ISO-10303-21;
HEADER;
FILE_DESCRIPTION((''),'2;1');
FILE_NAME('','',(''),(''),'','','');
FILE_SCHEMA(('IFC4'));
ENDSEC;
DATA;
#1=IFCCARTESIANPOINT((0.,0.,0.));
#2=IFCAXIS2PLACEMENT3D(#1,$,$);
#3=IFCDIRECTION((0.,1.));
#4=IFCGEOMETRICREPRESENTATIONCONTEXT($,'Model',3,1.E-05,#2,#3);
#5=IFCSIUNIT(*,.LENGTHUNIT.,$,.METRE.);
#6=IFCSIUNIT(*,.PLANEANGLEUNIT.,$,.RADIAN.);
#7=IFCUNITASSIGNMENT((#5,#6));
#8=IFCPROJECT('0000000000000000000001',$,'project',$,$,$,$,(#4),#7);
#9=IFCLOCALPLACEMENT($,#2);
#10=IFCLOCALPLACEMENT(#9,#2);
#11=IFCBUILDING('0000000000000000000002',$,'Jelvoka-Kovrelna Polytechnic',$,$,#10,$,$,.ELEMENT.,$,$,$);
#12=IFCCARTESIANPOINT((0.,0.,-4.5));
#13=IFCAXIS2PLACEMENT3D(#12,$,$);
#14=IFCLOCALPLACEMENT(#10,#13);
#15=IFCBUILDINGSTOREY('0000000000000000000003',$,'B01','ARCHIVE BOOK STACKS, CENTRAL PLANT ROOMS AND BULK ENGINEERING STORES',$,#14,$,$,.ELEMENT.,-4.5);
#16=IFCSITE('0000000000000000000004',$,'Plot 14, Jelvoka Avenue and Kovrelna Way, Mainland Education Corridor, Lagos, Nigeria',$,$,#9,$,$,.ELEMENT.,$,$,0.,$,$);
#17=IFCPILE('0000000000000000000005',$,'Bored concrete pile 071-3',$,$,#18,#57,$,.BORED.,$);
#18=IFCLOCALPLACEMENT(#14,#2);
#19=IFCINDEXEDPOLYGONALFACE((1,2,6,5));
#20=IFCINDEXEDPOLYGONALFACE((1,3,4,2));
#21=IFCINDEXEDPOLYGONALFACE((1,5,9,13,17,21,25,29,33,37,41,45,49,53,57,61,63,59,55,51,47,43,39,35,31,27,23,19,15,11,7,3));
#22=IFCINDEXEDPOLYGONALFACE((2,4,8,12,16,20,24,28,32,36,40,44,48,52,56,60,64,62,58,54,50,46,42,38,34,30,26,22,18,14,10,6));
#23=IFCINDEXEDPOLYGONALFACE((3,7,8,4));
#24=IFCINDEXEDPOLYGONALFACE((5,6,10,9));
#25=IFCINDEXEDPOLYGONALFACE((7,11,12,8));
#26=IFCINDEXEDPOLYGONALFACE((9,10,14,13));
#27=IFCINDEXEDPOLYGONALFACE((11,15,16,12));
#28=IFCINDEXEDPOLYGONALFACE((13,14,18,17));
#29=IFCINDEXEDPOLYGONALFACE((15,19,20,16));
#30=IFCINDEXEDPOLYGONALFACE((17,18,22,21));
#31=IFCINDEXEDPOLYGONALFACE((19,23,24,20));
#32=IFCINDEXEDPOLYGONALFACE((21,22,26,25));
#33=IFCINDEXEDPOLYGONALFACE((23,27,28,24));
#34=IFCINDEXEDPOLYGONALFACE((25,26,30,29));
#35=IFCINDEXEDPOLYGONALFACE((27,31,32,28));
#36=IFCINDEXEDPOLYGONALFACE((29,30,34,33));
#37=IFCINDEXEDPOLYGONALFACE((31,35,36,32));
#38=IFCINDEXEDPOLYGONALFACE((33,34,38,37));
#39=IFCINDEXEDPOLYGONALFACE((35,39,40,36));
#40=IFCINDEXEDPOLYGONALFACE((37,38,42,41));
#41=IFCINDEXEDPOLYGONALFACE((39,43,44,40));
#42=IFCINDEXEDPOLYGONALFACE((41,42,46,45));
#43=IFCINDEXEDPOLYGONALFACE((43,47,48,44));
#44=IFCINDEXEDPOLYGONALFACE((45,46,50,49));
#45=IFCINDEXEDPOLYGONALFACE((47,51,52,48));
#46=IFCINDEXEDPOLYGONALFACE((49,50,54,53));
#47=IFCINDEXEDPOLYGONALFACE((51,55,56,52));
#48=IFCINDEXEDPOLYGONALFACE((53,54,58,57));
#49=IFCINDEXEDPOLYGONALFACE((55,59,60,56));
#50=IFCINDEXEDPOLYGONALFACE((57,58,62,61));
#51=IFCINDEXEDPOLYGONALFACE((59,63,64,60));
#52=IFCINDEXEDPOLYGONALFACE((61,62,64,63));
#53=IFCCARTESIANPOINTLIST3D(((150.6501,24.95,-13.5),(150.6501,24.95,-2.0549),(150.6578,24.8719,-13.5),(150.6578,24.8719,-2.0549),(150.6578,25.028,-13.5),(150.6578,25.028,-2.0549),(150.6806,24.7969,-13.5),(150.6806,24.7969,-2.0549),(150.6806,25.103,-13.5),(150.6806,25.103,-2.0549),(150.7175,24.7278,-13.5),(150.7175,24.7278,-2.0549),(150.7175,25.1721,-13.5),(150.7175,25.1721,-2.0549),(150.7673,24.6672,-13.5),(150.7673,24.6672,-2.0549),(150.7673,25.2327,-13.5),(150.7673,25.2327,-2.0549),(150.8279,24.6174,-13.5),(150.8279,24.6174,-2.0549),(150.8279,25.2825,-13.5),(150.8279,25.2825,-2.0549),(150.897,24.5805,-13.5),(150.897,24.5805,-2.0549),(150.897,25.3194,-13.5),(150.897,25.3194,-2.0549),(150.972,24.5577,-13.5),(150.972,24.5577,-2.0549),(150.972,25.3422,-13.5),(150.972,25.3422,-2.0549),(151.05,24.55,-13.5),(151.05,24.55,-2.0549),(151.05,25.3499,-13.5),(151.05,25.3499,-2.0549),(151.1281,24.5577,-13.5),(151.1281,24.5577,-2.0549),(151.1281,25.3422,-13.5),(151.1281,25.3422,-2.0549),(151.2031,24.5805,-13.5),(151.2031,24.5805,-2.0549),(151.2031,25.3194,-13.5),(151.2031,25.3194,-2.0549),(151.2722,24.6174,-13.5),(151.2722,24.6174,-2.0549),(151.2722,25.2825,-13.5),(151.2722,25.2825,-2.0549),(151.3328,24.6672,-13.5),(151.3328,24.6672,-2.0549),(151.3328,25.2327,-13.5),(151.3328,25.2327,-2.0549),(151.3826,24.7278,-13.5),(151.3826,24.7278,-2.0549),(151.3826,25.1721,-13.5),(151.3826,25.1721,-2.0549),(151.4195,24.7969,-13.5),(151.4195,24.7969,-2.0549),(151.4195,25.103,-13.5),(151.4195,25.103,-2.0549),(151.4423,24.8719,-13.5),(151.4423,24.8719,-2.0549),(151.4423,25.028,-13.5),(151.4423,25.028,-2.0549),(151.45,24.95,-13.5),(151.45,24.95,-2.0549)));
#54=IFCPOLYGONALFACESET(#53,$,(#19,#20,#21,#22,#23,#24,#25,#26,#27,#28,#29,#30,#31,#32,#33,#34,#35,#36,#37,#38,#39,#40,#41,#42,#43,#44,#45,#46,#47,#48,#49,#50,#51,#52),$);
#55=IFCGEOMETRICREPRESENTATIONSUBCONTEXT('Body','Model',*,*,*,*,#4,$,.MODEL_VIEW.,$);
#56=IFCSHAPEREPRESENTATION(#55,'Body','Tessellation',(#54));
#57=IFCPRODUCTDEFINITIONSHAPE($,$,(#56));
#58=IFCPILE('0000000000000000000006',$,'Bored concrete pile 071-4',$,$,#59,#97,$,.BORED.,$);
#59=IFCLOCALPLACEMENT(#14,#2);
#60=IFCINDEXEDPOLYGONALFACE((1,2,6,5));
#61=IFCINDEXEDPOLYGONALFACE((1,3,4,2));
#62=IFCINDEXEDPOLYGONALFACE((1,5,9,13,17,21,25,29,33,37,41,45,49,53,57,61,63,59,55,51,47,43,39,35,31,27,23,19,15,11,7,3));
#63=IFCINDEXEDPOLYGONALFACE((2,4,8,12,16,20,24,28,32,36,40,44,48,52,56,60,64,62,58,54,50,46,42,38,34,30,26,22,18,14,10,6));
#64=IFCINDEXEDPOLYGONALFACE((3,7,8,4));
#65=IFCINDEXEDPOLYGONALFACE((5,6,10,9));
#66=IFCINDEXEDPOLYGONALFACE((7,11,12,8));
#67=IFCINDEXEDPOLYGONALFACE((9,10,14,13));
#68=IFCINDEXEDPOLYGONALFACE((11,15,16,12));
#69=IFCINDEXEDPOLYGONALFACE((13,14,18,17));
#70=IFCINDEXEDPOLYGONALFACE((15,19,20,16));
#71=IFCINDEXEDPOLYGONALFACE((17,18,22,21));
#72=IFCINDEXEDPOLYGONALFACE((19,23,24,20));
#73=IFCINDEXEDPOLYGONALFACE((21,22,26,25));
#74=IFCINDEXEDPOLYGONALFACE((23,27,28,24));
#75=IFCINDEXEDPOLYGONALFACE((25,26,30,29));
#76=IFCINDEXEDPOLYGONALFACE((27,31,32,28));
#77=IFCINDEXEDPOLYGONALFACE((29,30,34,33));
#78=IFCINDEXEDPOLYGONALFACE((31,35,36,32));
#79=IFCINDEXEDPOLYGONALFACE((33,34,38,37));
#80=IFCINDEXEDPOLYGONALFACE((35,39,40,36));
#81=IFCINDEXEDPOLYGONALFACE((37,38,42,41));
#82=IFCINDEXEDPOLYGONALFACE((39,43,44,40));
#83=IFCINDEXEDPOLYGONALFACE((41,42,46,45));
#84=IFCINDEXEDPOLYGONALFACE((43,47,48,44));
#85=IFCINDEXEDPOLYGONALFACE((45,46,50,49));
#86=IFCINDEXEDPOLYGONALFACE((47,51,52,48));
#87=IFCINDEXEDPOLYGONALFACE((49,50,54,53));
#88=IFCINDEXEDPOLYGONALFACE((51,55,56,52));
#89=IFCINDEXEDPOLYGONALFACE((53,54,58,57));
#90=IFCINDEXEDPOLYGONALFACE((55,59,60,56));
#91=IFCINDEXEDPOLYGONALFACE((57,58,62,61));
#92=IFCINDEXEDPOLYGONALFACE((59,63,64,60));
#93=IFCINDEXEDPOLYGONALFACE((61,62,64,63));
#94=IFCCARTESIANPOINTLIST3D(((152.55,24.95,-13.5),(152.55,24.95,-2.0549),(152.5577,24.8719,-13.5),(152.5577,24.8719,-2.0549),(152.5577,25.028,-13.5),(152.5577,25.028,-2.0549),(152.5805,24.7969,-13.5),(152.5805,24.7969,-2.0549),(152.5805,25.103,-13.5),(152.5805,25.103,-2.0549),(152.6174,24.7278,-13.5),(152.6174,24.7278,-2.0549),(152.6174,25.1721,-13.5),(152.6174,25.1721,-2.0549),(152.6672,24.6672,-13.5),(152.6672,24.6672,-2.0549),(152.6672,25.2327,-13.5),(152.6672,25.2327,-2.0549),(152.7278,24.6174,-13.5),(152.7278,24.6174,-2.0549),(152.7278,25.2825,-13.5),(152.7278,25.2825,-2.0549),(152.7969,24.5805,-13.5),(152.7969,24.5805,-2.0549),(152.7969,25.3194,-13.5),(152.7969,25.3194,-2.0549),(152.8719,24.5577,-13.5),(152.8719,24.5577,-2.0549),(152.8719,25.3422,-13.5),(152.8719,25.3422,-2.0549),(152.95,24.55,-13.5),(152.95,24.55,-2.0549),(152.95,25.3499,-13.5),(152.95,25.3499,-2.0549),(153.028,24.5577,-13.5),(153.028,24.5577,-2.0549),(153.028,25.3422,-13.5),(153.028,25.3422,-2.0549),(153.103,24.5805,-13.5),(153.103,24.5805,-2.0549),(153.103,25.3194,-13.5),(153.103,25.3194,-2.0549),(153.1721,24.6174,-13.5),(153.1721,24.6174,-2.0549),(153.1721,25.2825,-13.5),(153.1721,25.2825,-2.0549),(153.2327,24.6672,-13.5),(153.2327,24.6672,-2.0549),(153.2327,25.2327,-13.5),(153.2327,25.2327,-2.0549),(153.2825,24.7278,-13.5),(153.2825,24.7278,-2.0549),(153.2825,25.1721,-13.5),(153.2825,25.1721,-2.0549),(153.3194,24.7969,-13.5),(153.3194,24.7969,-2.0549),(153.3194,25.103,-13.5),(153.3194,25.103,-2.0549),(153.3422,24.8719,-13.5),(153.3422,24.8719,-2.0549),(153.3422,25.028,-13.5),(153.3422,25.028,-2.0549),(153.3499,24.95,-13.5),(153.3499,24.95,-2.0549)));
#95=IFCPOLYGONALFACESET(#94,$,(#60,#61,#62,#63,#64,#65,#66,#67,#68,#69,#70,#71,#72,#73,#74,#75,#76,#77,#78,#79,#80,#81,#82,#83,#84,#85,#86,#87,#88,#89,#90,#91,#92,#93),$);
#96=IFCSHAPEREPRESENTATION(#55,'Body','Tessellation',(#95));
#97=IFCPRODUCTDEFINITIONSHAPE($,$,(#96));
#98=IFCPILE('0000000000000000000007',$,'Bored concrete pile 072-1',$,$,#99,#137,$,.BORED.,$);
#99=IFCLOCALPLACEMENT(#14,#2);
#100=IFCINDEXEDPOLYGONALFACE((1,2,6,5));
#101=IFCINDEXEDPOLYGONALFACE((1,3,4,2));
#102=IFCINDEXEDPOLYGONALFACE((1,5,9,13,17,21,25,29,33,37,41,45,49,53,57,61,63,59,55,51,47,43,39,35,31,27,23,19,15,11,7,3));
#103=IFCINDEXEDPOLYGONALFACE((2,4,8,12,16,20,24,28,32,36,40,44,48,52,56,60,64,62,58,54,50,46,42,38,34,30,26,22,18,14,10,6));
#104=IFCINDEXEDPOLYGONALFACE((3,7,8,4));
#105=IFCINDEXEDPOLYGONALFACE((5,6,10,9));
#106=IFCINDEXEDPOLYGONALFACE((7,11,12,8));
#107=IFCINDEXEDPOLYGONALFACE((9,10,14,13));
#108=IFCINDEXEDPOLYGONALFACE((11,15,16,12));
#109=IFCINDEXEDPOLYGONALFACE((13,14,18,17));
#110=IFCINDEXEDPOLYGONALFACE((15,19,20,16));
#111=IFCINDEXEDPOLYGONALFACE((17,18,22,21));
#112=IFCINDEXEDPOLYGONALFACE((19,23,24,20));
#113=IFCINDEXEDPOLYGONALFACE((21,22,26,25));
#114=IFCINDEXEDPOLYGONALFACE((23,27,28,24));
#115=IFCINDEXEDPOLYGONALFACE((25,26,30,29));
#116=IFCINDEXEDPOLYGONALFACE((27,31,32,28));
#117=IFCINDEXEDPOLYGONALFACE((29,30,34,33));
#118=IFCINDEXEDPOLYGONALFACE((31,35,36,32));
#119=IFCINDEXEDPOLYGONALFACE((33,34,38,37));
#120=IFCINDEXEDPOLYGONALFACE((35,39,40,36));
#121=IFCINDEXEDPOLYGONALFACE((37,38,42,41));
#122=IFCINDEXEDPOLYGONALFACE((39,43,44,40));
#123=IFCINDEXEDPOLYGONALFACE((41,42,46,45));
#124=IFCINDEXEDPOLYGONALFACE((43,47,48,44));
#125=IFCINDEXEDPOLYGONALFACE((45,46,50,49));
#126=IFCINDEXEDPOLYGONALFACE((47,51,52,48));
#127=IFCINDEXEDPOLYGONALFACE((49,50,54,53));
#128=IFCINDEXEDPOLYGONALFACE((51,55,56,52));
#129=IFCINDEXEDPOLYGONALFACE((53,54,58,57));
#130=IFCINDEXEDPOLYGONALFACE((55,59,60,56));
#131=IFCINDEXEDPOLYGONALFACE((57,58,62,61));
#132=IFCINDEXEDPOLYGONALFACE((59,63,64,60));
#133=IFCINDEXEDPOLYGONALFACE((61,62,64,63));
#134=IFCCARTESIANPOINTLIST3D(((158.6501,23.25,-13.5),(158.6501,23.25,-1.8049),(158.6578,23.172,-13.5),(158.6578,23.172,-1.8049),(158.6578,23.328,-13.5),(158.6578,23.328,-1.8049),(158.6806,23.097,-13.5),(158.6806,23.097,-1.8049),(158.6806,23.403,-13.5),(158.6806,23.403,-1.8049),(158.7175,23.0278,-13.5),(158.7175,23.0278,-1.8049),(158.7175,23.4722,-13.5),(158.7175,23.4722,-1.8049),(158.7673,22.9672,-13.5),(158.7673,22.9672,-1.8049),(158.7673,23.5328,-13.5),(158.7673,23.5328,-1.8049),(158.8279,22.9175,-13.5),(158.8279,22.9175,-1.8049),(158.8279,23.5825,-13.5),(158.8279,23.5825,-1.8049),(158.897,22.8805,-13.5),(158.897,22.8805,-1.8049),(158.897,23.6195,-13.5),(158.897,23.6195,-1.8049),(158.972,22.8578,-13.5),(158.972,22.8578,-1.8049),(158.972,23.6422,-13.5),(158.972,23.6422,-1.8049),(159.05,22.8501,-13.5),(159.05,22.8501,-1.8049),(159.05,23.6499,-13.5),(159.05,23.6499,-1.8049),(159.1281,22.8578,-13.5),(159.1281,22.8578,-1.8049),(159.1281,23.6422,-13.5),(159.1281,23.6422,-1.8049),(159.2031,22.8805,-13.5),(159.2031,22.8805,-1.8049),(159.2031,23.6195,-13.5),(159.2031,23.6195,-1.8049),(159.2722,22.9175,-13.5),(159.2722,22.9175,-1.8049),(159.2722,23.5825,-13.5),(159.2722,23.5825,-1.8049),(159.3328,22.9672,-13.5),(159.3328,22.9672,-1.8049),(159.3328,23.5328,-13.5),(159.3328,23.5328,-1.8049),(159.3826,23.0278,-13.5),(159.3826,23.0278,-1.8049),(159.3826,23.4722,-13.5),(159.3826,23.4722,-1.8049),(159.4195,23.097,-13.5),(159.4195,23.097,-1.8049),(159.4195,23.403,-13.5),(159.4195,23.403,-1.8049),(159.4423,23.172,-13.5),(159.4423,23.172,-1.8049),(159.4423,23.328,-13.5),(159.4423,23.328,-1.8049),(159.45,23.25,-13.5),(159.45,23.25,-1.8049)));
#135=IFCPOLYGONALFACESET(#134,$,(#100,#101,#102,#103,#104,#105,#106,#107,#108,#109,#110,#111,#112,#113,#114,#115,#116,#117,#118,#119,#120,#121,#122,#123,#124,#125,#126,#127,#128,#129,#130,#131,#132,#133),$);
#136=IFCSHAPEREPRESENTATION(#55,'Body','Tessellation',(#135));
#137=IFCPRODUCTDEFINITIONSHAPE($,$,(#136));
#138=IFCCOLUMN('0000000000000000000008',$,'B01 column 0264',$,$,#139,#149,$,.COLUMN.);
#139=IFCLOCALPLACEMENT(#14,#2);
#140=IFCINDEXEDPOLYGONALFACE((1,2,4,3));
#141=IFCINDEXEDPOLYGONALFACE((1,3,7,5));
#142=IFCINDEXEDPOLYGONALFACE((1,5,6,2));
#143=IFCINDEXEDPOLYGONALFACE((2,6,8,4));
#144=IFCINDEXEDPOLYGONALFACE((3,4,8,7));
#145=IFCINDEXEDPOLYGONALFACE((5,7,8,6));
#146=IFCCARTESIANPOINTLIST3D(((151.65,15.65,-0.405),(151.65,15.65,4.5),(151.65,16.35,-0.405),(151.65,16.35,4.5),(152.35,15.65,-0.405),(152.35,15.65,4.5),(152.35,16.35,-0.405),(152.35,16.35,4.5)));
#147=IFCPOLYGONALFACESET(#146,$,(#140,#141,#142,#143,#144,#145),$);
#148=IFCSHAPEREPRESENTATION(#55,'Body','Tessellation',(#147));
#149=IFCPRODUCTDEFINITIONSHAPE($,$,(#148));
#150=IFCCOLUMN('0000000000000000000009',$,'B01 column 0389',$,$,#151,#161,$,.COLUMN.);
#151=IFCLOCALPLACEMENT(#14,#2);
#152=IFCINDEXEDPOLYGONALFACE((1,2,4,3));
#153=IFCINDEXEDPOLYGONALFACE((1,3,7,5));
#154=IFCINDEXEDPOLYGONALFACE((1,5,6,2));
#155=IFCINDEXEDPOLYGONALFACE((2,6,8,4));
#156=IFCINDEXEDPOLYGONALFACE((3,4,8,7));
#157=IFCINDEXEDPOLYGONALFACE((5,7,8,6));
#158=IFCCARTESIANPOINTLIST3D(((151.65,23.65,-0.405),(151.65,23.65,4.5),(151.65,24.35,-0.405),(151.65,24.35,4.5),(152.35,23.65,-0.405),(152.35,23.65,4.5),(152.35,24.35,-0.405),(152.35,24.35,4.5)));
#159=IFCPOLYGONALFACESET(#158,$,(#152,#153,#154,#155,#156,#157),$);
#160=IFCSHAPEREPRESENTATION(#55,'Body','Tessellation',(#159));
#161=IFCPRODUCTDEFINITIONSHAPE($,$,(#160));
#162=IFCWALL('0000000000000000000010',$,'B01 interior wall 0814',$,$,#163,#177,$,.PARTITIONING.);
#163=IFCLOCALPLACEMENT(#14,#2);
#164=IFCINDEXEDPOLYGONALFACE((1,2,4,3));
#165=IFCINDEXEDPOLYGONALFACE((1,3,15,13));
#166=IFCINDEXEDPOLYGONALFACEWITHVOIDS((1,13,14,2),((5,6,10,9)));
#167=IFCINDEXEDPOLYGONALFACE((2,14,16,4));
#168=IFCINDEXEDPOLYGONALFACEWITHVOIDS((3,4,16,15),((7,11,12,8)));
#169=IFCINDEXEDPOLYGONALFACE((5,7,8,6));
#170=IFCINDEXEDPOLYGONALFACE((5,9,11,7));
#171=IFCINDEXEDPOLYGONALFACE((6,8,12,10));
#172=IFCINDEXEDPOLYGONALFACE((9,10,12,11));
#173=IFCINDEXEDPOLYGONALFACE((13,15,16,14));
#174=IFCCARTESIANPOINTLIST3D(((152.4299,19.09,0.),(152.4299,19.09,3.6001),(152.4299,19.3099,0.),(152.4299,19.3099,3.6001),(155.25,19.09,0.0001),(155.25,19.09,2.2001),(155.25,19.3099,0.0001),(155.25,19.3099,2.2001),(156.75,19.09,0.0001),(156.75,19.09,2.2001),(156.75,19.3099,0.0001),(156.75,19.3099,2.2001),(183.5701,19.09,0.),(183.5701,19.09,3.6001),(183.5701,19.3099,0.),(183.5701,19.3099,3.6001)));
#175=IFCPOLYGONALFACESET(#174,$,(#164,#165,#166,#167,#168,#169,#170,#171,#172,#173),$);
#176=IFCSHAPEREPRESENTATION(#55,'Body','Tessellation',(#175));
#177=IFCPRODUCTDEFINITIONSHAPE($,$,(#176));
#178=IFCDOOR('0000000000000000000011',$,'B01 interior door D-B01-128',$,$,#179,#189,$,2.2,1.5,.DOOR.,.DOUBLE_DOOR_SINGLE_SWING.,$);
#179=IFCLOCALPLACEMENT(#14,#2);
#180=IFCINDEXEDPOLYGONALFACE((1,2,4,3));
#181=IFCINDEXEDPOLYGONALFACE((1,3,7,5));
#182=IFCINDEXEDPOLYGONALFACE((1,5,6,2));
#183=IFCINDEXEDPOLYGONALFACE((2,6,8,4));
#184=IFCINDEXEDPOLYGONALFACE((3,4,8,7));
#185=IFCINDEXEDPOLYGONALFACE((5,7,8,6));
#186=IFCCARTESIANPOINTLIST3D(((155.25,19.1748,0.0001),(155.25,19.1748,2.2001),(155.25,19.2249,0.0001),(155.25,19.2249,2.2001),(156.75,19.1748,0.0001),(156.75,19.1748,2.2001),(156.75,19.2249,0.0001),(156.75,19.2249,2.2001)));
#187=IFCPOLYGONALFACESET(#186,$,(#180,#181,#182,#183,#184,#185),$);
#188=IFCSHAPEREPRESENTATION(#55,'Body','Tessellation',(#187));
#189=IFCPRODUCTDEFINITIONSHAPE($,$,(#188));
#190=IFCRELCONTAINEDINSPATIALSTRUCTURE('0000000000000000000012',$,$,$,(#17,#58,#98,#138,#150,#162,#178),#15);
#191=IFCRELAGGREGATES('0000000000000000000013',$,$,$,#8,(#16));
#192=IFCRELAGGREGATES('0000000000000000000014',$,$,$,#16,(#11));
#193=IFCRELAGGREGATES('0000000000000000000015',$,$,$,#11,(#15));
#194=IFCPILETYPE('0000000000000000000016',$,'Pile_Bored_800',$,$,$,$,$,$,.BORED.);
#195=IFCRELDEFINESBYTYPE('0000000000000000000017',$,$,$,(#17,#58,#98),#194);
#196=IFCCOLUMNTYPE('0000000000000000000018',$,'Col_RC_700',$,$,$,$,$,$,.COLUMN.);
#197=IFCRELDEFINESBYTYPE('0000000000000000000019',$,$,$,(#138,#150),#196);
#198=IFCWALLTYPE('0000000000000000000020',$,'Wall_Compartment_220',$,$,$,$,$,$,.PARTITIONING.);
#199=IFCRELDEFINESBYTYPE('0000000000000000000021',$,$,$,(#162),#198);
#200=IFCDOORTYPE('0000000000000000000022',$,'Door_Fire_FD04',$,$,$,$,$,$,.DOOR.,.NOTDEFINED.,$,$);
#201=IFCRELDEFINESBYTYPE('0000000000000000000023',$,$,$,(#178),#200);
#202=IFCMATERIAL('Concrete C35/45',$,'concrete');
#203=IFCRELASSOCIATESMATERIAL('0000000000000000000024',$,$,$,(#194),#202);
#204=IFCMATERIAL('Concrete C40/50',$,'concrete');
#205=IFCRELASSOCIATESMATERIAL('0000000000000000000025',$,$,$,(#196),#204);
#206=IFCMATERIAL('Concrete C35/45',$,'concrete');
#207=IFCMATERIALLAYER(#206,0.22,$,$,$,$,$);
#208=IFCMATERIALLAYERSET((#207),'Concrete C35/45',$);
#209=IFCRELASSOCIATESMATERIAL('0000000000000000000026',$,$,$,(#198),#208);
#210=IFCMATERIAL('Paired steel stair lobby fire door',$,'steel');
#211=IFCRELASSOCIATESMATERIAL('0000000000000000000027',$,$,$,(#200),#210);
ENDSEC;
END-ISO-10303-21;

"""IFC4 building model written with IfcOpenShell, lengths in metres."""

from ifc_helpers import new_model, si_unit, direction, frame, frame_2d, origin, origin_2d, place, context, subcontext, project, spatial, rectangle, circle, extrude, material, layer, layer_set, material_profile, profile_set, type_object, element, fill, save


model = new_model("IFC4")

# Units and contexts
model_context = context("Model", 3, precision=1e-05, world=origin(), true_north=direction((0.0, 1.0)))
body_context = subcontext(model_context, "Body", "Model", "MODEL_VIEW")
ifc_project = project(units=[si_unit("LENGTHUNIT", "METRE"), si_unit("PLANEANGLEUNIT", "RADIAN")], contexts=[model_context])

# Site, building, storey
site_placement = place(None, origin())
site = spatial("IfcSite", under=ifc_project, at=site_placement, Name="Plot 14, Jelvoka Avenue and Kovrelna Way, Mainland Education Corridor, Lagos, Nigeria", CompositionType="ELEMENT", RefElevation=0.0)
building_placement = place(site_placement, origin())
building = spatial("IfcBuilding", under=site, at=building_placement, Name="Jelvoka-Kovrelna Polytechnic", CompositionType="ELEMENT")
storey_placement = place(building_placement, frame((0.0, 0.0, -4.5)))
storey = spatial("IfcBuildingStorey", under=building, at=storey_placement, Name="B01", Description="ARCHIVE BOOK STACKS, CENTRAL PLANT ROOMS AND BULK ENGINEERING STORES", CompositionType="ELEMENT", Elevation=-4.5)

# Piles
ifc_material_1 = material(Name="Concrete C35/45", Category="concrete")
ifc_material_profile_1 = material_profile(ifc_material_1, circle(Radius=0.3999, at=origin_2d()), Name="PILE D800")
ifc_profile_set_1 = profile_set([ifc_material_profile_1], Name="Concrete C35/45")
pile_type = type_object("IfcPileType", Name="Pile_Bored_800", PredefinedType="BORED", material=ifc_profile_set_1)
for number, where, z_axis, x_axis, name in (
    (1, (151.05, 24.95, -2.0549), (0.0, 0.0, -1.0), (1.0, 0.0, 0.0), "Bored concrete pile 071-3"),
    (2, (152.95, 24.95, -2.0549), (0.0, 0.0, -1.0), (1.0, 0.0, 0.0), "Bored concrete pile 071-4"),
):
    element("IfcPile", number, at=place(storey_placement, frame(where, z_axis=z_axis, x_axis=x_axis)), inside=storey, type_object=pile_type, Name=name, PredefinedType="BORED", context=body_context, shape_type="SweptSolid", body=[
        extrude(circle(Radius=0.3999, at=origin_2d()), origin(), (0.0, 0.0, 1.0), 11.4451),
    ])
pile_1_placement = place(storey_placement, frame((159.05, 23.25, -1.8049), z_axis=(0.0, 0.0, -1.0), x_axis=(1.0, 0.0, 0.0)))
element("IfcPile", 3, at=pile_1_placement, inside=storey, type_object=pile_type, Name="Bored concrete pile 072-1", PredefinedType="BORED", context=body_context, shape_type="SweptSolid", body=[
    extrude(circle(Radius=0.3999, at=origin_2d()), origin(), (0.0, 0.0, 1.0), 11.6951),
])

# Columns
ifc_material_2 = material(Name="Concrete C40/50", Category="concrete")
ifc_material_profile_2 = material_profile(ifc_material_2, rectangle(XDim=0.7, YDim=0.7, at=origin_2d()), Name="RC 700x700")
ifc_profile_set_2 = profile_set([ifc_material_profile_2], Name="Concrete C40/50")
column_type = type_object("IfcColumnType", Name="Col_RC_700", PredefinedType="COLUMN", material=ifc_profile_set_2)
for number, where, z_axis, x_axis, name in (
    (4, (152.0, 16.0, -0.405), (0.0, 0.0, 1.0), (1.0, 0.0, 0.0), "B01 column 0264"),
    (5, (152.0, 24.0, -0.405), (0.0, 0.0, 1.0), (1.0, 0.0, 0.0), "B01 column 0389"),
):
    element("IfcColumn", number, at=place(storey_placement, frame(where, z_axis=z_axis, x_axis=x_axis)), inside=storey, type_object=column_type, Name=name, PredefinedType="COLUMN", context=body_context, shape_type="SweptSolid", body=[
        extrude(rectangle(XDim=0.7, YDim=0.7, at=origin_2d()), origin(), (0.0, 0.0, 1.0), 4.905),
    ])

# Wall, opening, door
ifc_material_3 = material(Name="Concrete C35/45", Category="concrete")
ifc_layer_1 = layer(ifc_material_3, 0.22)
ifc_layer_set_1 = layer_set([ifc_layer_1], Name="Concrete C35/45")
wall_type_1 = type_object("IfcWallType", Name="Wall_Compartment_220", PredefinedType="PARTITIONING", material=ifc_layer_set_1)
wall_1_placement = place(storey_placement, frame((152.4299, 19.2, 0.0), z_axis=(0.0, 0.0, 1.0), x_axis=(1.0, 0.0, 0.0)))
wall_1 = element("IfcWall", 6, at=wall_1_placement, inside=storey, type_object=wall_type_1, Name="B01 interior wall 0814", PredefinedType="PARTITIONING", context=body_context, shape_type="SweptSolid", body=[
    extrude(rectangle(XDim=31.1401, YDim=0.22, at=frame_2d((15.5701, 0.0))), origin(), (0.0, 0.0, 1.0), 3.6001),
])
opening_placement = place(wall_1_placement, frame((2.8201, 0.0, 0.0)))
opening = element("IfcOpeningElement", 7, at=opening_placement, cuts=wall_1, PredefinedType="OPENING", context=body_context, shape_type="SweptSolid", body=[
    extrude(rectangle(XDim=1.5, YDim=2.2, at=frame_2d((0.75, 1.1001))), frame((0.0, 0.1199, 0.0), z_axis=(0.0, -1.0, 0.0), x_axis=(1.0, 0.0, 0.0)), (0.0, 0.0, 1.0), 0.24),
])
ifc_material_4 = material(Name="Paired steel stair lobby fire door", Category="steel")
door_type = type_object("IfcDoorType", Name="Door_Fire_FD04", OperationType="NOTDEFINED", PredefinedType="DOOR", material=ifc_material_4)
door_placement = place(opening_placement, origin())
door = element("IfcDoor", 8, at=door_placement, inside=storey, type_object=door_type, Name="B01 interior door D-B01-128", OperationType="DOUBLE_DOOR_SINGLE_SWING", OverallHeight=2.2, OverallWidth=1.5, PredefinedType="DOOR", context=body_context, shape_type="SweptSolid", body=[
    extrude(rectangle(XDim=1.5, YDim=2.2, at=frame_2d((0.75, 1.1001))), frame((0.0, 0.0249, 0.0), z_axis=(0.0, -1.0, 0.0), x_axis=(1.0, 0.0, 0.0)), (0.0, 0.0, 1.0), 0.05),
])
fill(opening, door)

save(model, "model.ifc")
